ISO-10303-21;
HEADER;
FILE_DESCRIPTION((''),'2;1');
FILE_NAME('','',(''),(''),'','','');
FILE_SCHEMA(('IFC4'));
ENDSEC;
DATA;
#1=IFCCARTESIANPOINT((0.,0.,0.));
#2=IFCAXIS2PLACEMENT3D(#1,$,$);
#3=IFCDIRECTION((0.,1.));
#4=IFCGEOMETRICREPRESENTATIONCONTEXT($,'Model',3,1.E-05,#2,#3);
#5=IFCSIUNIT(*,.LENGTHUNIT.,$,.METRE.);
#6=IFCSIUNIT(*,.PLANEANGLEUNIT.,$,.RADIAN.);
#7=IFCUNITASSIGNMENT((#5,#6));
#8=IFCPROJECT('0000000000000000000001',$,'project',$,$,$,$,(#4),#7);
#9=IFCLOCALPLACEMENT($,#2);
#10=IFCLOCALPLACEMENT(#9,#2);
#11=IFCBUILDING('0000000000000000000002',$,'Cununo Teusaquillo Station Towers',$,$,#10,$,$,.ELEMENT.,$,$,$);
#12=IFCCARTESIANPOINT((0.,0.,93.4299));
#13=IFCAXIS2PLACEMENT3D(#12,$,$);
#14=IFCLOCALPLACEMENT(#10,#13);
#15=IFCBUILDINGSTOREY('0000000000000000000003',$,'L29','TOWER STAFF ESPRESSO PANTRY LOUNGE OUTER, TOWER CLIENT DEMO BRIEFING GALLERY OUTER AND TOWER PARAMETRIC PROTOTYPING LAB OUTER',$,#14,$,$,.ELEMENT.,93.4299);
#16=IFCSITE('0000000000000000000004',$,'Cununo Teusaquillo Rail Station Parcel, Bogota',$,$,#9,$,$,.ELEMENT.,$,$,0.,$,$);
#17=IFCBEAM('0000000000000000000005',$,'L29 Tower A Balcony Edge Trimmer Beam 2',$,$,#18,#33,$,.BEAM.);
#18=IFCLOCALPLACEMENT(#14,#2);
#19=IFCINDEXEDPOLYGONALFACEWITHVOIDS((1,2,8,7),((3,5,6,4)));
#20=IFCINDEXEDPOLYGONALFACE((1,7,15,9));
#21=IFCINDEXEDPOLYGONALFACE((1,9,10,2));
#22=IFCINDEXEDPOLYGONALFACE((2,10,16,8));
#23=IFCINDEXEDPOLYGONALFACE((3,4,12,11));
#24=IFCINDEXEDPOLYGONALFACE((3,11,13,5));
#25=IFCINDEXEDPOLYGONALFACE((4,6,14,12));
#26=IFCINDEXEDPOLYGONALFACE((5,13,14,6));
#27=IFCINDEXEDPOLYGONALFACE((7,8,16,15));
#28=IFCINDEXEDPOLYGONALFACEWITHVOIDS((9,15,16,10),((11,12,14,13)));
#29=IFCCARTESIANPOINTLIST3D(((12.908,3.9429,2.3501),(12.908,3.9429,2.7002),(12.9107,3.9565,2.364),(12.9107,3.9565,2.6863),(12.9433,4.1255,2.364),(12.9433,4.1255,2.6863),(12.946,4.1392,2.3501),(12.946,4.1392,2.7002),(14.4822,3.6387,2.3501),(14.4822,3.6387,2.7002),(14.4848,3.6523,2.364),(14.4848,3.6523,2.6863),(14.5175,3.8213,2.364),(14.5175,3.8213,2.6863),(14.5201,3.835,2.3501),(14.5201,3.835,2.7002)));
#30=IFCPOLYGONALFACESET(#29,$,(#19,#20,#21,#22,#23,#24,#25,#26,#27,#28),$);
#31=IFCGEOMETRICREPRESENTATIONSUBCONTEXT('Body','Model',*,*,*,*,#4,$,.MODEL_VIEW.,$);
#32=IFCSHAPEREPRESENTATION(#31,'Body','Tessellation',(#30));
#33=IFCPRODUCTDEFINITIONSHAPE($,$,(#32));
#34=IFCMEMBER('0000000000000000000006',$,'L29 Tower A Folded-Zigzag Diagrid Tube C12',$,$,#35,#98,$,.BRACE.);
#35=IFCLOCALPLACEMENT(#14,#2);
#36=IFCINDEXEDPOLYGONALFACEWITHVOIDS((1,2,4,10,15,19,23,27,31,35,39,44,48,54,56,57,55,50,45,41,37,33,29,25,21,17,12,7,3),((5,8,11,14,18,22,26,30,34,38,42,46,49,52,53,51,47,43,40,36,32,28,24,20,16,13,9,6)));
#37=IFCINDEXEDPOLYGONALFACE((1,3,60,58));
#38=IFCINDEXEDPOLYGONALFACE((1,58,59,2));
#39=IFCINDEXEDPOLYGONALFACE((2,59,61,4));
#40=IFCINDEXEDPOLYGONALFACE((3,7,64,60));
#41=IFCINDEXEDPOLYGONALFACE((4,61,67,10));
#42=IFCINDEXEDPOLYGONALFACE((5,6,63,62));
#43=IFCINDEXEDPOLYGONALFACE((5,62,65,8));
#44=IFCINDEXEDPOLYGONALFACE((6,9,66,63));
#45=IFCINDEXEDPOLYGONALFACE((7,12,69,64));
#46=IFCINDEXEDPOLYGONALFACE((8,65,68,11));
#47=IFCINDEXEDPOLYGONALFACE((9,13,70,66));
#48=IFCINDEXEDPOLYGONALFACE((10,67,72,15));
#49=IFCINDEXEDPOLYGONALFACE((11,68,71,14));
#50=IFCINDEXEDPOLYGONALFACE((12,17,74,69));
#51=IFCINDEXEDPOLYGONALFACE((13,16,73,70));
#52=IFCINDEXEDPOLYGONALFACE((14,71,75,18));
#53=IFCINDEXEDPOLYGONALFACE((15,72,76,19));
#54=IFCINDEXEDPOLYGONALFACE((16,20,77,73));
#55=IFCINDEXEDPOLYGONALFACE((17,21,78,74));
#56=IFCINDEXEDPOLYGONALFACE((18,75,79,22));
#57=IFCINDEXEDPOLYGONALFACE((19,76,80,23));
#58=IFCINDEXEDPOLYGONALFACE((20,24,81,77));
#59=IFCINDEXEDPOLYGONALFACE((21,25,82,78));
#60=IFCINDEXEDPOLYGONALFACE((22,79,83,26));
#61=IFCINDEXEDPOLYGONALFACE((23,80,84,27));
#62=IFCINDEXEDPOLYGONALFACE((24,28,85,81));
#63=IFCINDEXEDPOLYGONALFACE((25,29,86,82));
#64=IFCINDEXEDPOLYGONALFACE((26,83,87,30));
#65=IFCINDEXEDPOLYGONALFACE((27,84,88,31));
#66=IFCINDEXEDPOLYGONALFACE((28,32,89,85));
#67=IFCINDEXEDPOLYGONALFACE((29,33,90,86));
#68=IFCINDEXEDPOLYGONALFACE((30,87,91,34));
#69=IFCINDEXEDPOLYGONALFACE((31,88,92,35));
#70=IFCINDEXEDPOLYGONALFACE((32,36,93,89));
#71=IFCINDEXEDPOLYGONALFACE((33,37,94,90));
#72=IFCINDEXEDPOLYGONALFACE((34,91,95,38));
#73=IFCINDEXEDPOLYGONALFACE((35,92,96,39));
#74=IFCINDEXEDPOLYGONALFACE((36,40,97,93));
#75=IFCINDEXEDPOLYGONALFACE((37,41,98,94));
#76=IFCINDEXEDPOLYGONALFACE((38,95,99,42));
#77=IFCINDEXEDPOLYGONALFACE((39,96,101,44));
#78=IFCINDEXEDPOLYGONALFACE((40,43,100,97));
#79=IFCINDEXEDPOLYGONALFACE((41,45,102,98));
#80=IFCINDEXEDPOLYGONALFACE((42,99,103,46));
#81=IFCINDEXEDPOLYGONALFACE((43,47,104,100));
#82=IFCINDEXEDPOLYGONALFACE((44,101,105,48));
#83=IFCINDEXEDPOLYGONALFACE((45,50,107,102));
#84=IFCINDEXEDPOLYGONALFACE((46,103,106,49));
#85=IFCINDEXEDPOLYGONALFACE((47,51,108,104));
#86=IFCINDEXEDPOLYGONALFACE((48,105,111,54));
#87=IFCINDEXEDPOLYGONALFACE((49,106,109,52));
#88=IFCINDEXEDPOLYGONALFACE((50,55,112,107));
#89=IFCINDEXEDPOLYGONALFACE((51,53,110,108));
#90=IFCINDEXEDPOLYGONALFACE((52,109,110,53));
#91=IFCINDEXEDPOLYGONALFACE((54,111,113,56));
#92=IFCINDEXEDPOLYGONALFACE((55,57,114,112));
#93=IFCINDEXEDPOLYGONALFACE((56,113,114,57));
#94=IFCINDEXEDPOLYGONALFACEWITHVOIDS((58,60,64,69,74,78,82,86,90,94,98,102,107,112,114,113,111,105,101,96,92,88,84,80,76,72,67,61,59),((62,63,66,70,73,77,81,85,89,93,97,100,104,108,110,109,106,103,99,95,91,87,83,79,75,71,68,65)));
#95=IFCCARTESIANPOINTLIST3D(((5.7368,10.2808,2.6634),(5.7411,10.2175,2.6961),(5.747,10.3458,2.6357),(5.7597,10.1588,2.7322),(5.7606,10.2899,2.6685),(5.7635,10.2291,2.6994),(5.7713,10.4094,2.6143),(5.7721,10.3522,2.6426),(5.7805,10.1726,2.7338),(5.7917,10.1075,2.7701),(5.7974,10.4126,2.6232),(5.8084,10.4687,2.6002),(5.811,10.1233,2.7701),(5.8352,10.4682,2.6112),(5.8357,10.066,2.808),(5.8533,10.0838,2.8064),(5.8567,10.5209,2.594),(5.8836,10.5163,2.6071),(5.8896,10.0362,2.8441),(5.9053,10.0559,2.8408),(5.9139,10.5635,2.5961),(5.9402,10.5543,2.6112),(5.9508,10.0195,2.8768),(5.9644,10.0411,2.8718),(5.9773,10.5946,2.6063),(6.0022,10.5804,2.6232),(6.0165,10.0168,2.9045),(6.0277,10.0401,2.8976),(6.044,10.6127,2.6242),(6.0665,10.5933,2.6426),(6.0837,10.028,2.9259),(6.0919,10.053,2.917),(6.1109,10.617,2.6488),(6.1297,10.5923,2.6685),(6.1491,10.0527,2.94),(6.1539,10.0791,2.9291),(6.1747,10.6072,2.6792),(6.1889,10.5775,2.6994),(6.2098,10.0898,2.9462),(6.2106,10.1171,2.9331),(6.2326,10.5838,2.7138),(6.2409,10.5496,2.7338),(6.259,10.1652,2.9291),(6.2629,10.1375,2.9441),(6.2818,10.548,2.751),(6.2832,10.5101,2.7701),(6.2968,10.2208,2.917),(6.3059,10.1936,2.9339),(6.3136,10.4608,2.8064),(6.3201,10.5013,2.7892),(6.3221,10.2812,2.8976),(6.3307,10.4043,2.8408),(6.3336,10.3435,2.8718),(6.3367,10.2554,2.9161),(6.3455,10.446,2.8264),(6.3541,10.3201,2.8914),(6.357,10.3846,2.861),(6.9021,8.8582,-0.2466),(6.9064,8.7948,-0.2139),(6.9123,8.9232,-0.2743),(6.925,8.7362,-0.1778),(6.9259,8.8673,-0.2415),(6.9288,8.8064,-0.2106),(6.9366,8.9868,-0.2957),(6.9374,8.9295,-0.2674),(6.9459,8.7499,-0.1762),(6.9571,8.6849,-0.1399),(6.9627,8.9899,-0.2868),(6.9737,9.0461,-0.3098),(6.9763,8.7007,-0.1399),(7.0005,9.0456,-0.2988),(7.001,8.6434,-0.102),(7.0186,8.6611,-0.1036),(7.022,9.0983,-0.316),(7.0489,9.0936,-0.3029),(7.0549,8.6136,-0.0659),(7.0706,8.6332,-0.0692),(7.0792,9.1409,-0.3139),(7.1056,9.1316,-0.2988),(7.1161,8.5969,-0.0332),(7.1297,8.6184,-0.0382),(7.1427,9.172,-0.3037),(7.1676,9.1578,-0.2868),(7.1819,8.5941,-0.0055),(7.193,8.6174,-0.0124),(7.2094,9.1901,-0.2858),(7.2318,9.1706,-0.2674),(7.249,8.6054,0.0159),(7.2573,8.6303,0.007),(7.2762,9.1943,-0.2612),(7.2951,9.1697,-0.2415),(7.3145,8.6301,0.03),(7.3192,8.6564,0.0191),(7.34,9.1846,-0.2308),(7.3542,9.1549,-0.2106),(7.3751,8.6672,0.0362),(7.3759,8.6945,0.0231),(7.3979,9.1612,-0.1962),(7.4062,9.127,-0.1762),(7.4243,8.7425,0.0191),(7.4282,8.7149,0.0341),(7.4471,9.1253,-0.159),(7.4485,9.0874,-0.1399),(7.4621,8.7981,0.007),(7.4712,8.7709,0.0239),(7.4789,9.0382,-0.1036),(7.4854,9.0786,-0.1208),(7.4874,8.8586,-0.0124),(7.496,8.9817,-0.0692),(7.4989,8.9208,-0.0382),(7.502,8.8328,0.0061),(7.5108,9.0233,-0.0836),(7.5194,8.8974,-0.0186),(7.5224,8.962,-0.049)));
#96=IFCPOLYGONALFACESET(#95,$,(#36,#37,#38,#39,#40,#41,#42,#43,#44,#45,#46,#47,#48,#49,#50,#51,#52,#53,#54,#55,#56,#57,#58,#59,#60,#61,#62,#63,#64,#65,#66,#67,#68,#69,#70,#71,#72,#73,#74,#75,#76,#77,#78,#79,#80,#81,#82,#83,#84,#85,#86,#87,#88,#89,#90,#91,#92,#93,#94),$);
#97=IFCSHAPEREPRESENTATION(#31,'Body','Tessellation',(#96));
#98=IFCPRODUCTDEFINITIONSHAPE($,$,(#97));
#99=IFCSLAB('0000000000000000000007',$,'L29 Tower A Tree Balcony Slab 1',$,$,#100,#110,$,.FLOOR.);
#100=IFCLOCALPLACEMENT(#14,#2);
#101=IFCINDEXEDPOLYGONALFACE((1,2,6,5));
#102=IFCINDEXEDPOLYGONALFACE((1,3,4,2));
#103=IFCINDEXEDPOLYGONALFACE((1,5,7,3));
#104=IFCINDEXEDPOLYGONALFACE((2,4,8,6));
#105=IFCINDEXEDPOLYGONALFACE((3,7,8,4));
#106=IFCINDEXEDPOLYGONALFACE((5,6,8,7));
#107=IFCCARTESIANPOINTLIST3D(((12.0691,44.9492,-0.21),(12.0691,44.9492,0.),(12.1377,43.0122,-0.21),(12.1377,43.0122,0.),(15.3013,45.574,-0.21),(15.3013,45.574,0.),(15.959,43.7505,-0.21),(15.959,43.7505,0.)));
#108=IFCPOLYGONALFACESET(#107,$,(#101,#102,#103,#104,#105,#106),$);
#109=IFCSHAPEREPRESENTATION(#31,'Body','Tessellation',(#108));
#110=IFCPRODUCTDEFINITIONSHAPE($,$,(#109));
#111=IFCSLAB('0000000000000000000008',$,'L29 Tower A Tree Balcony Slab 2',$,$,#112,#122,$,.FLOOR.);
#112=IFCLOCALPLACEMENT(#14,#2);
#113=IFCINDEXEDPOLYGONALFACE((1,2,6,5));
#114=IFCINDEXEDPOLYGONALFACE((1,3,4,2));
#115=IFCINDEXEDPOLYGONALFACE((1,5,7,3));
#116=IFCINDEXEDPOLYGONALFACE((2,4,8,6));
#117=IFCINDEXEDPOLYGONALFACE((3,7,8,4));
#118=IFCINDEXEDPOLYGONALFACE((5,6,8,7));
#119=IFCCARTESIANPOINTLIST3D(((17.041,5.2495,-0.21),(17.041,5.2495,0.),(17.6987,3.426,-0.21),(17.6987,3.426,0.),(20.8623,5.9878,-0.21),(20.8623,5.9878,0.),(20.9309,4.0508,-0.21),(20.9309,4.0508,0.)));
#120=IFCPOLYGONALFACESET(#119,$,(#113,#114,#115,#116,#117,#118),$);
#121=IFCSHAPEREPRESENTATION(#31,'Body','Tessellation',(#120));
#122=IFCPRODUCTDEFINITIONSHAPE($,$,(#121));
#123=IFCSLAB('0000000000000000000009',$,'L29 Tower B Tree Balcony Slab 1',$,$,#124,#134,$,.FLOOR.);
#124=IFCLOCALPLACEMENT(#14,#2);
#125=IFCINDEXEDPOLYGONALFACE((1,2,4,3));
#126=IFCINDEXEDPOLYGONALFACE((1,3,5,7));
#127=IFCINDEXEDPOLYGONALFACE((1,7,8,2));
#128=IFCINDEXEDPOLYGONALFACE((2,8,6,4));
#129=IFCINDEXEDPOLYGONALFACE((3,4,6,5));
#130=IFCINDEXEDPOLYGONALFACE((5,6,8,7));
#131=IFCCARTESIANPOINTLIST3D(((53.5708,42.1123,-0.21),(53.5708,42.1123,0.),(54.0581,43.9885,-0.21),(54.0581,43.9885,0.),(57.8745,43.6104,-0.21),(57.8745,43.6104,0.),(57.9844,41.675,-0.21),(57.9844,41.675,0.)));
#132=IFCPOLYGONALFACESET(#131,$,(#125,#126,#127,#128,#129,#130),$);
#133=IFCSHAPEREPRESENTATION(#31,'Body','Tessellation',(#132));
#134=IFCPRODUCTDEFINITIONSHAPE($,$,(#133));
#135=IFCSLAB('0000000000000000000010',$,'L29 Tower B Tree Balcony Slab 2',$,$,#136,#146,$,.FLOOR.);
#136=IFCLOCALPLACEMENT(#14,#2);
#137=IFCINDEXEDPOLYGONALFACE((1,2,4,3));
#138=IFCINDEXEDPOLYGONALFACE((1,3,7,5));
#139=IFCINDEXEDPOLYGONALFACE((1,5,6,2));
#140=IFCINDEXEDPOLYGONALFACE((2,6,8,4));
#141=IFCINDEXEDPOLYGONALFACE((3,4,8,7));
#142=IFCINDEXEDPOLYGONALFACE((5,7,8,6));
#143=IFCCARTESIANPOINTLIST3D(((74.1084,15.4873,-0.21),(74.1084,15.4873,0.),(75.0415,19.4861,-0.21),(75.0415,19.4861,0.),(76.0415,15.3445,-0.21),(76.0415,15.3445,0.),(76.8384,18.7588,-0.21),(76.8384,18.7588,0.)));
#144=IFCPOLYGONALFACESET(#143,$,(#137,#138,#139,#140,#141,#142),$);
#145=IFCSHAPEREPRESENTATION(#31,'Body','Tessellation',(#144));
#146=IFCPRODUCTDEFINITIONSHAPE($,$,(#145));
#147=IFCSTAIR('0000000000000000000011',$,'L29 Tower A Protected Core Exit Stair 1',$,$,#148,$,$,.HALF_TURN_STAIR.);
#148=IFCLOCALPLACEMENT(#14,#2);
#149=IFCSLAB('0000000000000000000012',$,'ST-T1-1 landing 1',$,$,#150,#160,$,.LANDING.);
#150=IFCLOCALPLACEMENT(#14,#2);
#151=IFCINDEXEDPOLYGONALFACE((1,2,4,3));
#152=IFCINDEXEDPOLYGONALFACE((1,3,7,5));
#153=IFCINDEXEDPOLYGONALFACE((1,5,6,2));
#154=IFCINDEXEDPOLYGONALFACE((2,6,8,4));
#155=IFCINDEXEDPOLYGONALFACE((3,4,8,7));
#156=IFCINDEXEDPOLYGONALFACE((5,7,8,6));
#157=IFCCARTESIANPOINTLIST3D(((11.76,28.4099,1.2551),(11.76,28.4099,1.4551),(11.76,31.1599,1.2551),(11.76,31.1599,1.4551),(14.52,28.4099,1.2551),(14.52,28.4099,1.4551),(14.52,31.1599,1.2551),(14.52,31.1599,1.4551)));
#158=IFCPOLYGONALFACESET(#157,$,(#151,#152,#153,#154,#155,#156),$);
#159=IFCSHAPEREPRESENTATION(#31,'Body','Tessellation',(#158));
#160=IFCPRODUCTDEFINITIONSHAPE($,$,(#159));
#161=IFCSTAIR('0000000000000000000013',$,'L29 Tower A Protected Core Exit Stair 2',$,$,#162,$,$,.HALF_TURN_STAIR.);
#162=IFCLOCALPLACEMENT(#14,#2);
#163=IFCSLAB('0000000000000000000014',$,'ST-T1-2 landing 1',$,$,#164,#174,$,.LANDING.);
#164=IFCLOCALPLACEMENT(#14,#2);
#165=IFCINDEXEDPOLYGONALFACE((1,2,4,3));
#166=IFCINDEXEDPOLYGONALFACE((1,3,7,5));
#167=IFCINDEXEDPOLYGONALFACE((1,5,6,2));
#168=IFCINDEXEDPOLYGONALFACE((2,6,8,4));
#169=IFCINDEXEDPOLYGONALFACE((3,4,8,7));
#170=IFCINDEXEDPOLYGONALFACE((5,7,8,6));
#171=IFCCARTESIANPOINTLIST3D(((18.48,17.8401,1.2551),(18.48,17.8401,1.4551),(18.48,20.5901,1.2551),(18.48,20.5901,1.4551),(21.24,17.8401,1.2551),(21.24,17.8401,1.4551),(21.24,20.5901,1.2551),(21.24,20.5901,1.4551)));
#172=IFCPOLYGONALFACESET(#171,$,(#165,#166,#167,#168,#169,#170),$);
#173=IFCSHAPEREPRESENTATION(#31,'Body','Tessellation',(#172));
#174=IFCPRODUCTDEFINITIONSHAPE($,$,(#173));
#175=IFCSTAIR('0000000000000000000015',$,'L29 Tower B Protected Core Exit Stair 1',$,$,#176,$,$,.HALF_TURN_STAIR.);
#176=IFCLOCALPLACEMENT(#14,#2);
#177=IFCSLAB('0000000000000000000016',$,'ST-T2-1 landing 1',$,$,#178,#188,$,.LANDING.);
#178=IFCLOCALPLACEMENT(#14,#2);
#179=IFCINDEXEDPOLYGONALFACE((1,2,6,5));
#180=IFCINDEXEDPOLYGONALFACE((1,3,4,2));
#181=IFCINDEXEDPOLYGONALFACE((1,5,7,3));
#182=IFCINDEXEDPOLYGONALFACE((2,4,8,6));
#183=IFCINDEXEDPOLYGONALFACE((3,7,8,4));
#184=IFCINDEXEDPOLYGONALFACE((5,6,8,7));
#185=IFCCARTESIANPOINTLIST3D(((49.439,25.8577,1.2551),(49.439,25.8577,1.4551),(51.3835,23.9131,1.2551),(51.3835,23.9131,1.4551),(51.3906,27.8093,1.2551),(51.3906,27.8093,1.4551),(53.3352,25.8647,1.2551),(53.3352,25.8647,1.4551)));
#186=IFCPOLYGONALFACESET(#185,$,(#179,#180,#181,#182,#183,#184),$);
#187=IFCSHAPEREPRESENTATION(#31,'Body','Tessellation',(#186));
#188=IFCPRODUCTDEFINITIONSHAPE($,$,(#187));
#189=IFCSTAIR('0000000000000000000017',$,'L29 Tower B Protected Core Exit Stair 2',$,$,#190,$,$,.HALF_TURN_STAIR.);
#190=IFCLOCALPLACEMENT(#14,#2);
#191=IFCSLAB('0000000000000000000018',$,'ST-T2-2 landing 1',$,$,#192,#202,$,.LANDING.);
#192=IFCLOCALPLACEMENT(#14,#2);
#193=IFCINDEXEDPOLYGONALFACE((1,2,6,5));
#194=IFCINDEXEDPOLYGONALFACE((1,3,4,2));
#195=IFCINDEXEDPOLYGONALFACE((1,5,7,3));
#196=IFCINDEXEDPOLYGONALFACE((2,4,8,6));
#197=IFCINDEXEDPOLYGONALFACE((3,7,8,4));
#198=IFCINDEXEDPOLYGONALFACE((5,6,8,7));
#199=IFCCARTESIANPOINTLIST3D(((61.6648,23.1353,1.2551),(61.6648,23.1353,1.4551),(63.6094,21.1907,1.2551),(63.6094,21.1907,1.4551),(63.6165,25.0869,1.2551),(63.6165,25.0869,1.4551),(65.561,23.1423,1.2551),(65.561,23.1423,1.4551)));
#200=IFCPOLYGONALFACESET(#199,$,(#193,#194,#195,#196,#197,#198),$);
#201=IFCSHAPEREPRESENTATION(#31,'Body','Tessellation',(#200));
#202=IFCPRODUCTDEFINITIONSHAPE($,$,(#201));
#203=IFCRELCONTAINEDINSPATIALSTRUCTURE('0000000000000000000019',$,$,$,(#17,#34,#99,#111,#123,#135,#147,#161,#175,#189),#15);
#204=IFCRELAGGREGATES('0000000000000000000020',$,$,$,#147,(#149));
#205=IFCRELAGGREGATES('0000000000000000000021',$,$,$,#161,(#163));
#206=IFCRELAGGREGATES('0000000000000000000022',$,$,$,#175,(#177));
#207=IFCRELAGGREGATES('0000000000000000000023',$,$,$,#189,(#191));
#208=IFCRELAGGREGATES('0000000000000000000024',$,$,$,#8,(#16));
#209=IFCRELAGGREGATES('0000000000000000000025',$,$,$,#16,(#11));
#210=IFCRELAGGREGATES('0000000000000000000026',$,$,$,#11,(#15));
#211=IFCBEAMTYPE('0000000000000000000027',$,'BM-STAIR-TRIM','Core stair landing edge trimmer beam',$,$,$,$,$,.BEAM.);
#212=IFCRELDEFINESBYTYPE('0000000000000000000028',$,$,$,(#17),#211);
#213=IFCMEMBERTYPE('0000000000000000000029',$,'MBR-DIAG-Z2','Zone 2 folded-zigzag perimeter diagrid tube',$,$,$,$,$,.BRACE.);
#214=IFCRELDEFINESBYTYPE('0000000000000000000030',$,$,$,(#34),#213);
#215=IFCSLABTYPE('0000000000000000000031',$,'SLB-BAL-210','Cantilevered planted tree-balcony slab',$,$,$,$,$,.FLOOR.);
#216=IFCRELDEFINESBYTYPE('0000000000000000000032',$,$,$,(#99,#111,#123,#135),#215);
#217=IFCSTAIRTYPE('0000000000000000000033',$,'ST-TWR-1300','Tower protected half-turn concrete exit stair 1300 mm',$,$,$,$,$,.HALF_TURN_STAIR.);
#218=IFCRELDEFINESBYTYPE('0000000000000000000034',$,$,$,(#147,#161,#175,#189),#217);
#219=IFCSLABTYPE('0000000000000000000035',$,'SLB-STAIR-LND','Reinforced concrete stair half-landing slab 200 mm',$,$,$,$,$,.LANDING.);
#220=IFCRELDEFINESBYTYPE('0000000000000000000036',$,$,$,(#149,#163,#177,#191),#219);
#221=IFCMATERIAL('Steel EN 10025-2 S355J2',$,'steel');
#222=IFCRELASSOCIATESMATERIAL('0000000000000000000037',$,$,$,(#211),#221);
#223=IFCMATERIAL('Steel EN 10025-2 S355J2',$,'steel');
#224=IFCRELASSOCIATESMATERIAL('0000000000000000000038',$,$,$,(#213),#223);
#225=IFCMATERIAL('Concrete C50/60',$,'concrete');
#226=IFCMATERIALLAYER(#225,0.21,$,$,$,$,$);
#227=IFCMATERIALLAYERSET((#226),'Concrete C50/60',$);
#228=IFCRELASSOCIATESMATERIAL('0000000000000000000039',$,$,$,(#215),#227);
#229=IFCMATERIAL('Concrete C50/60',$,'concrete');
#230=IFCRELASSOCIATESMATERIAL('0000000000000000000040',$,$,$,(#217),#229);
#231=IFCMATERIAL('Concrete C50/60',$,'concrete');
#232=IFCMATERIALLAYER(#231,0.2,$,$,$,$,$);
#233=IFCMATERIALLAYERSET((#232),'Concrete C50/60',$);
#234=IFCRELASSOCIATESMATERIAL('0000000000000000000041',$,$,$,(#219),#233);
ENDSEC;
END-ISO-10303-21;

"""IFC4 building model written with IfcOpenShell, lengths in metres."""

from ifc_helpers import new_model, si_unit, direction, frame, origin, origin_2d, place, context, subcontext, project, spatial, polyline, hollow_rectangle, hollow_circle, outline, extrude, material, layer, layer_set, material_profile, profile_set, type_object, element, aggregate, save


model = new_model("IFC4")

# Units and contexts
model_context = context("Model", 3, precision=1e-05, world=origin(), true_north=direction((0.0, 1.0)))
body_context = subcontext(model_context, "Body", "Model", "MODEL_VIEW")
ifc_project = project(units=[si_unit("LENGTHUNIT", "METRE"), si_unit("PLANEANGLEUNIT", "RADIAN")], contexts=[model_context])

# Site, building, storey
site_placement = place(None, origin())
site = spatial("IfcSite", under=ifc_project, at=site_placement, Name="Cununo Teusaquillo Rail Station Parcel, Bogota", CompositionType="ELEMENT", RefElevation=0.0)
building_placement = place(site_placement, origin())
building = spatial("IfcBuilding", under=site, at=building_placement, Name="Cununo Teusaquillo Station Towers", CompositionType="ELEMENT")
storey_placement = place(building_placement, frame((0.0, 0.0, 93.4299)))
storey = spatial("IfcBuildingStorey", under=building, at=storey_placement, Name="L29", Description="TOWER STAFF ESPRESSO PANTRY LOUNGE OUTER, TOWER CLIENT DEMO BRIEFING GALLERY OUTER AND TOWER PARAMETRIC PROTOTYPING LAB OUTER", CompositionType="ELEMENT", Elevation=93.4299)

# Beam
ifc_material_1 = material(Name="Steel EN 10025-2 S355J2", Category="steel")
ifc_material_profile_1 = material_profile(ifc_material_1, hollow_rectangle(XDim=0.2, YDim=0.3501, WallThickness=0.0139, at=origin_2d()), Name="RHS 350x200x14")
ifc_profile_set_1 = profile_set([ifc_material_profile_1], Name="Steel EN 10025-2 S355J2")
beam_type_1 = type_object("IfcBeamType", Name="BM-STAIR-TRIM", Description="Core stair landing edge trimmer beam", PredefinedType="BEAM", material=ifc_profile_set_1)
beam_1_placement = place(storey_placement, frame((12.927, 4.041, 2.5251), z_axis=(0.981837, -0.189728, 0.0), x_axis=(0.189728, 0.981837, 0.0)))
element("IfcBeam", 1, at=beam_1_placement, inside=storey, type_object=beam_type_1, Name="L29 Tower A Balcony Edge Trimmer Beam 2", PredefinedType="BEAM", context=body_context, shape_type="SweptSolid", body=[
    extrude(hollow_rectangle(XDim=0.2, YDim=0.3501, WallThickness=0.0139, at=origin_2d()), origin(), (0.0, 0.0, 1.0), 1.6033),
])

# Member
ifc_material_2 = material(Name="Steel EN 10025-2 S355J2", Category="steel")
ifc_material_profile_2 = material_profile(ifc_material_2, hollow_circle(Radius=0.3301, WallThickness=0.0249, at=origin_2d()), Name="CHS 660x25")
ifc_profile_set_2 = profile_set([ifc_material_profile_2], Name="Steel EN 10025-2 S355J2")
member_type = type_object("IfcMemberType", Name="MBR-DIAG-Z2", Description="Zone 2 folded-zigzag perimeter diagrid tube", PredefinedType="BRACE", material=ifc_profile_set_2)
member_placement = place(storey_placement, frame((7.2124, 8.894, -0.1399), z_axis=(-0.338521, 0.413275, 0.845345), x_axis=(-0.773602, -0.633671, 0.0)))
element("IfcMember", 2, at=member_placement, inside=storey, type_object=member_type, Name="L29 Tower A Folded-Zigzag Diagrid Tube C12", PredefinedType="BRACE", context=body_context, shape_type="SweptSolid", body=[
    extrude(hollow_circle(Radius=0.3301, WallThickness=0.0249, at=origin_2d()), origin(), (0.0, 0.0, 1.0), 3.4424),
])

# Slabs
ifc_material_3 = material(Name="Concrete C50/60", Category="concrete")
ifc_layer_1 = layer(ifc_material_3, 0.21)
ifc_layer_set_1 = layer_set([ifc_layer_1], Name="Concrete C50/60")
slab_type_1 = type_object("IfcSlabType", Name="SLB-BAL-210", Description="Cantilevered planted tree-balcony slab", PredefinedType="FLOOR", material=ifc_layer_set_1)
slab_1_placement = place(storey_placement, frame((0.0, 0.0, -0.21)))
element("IfcSlab", 3, at=slab_1_placement, inside=storey, type_object=slab_type_1, Name="L29 Tower A Tree Balcony Slab 1", PredefinedType="FLOOR", context=body_context, shape_type="SweptSolid", body=[
    extrude(outline(polyline([(15.959, 43.7505), (12.1377, 43.0122), (12.0691, 44.9492), (15.3013, 45.574), (15.959, 43.7505)])), origin(), (0.0, 0.0, 1.0), 0.21),
])
slab_2_placement = place(storey_placement, frame((0.0, 0.0, -0.21)))
element("IfcSlab", 4, at=slab_2_placement, inside=storey, type_object=slab_type_1, Name="L29 Tower A Tree Balcony Slab 2", PredefinedType="FLOOR", context=body_context, shape_type="SweptSolid", body=[
    extrude(outline(polyline([(17.041, 5.2495), (20.8623, 5.9878), (20.9309, 4.0508), (17.6987, 3.426), (17.041, 5.2495)])), origin(), (0.0, 0.0, 1.0), 0.21),
])
slab_3_placement = place(storey_placement, frame((0.0, 0.0, -0.21)))
element("IfcSlab", 5, at=slab_3_placement, inside=storey, type_object=slab_type_1, Name="L29 Tower B Tree Balcony Slab 1", PredefinedType="FLOOR", context=body_context, shape_type="SweptSolid", body=[
    extrude(outline(polyline([(57.9844, 41.675), (53.5708, 42.1123), (54.0581, 43.9885), (57.8745, 43.6104), (57.9844, 41.675)])), origin(), (0.0, 0.0, 1.0), 0.21),
])
slab_4_placement = place(storey_placement, frame((0.0, 0.0, -0.21)))
element("IfcSlab", 6, at=slab_4_placement, inside=storey, type_object=slab_type_1, Name="L29 Tower B Tree Balcony Slab 2", PredefinedType="FLOOR", context=body_context, shape_type="SweptSolid", body=[
    extrude(outline(polyline([(74.1084, 15.4873), (75.0415, 19.4861), (76.8384, 18.7588), (76.0415, 15.3445), (74.1084, 15.4873)])), origin(), (0.0, 0.0, 1.0), 0.21),
])

# Stairs, slabs
ifc_material_4 = material(Name="Concrete C50/60", Category="concrete")
stair_type = type_object("IfcStairType", Name="ST-TWR-1300", Description="Tower protected half-turn concrete exit stair 1300 mm", PredefinedType="HALF_TURN_STAIR", material=ifc_material_4)
stair_1_placement = place(storey_placement, origin())
stair_1 = element("IfcStair", 7, at=stair_1_placement, inside=storey, type_object=stair_type, Name="L29 Tower A Protected Core Exit Stair 1", PredefinedType="HALF_TURN_STAIR")
ifc_material_5 = material(Name="Concrete C50/60", Category="concrete")
ifc_layer_2 = layer(ifc_material_5, 0.2)
ifc_layer_set_2 = layer_set([ifc_layer_2], Name="Concrete C50/60")
slab_type_2 = type_object("IfcSlabType", Name="SLB-STAIR-LND", Description="Reinforced concrete stair half-landing slab 200 mm", PredefinedType="LANDING", material=ifc_layer_set_2)
slab_5_placement = place(storey_placement, frame((0.0, 0.0, 1.2551)))
slab_5 = element("IfcSlab", 8, at=slab_5_placement, type_object=slab_type_2, Name="ST-T1-1 landing 1", PredefinedType="LANDING", context=body_context, shape_type="SweptSolid", body=[
    extrude(outline(polyline([(14.52, 28.4099), (14.52, 31.1599), (11.76, 31.1599), (11.76, 28.4099), (14.52, 28.4099)])), origin(), (0.0, 0.0, 1.0), 0.2),
])
aggregate(stair_1, [slab_5])
stair_2_placement = place(storey_placement, origin())
stair_2 = element("IfcStair", 9, at=stair_2_placement, inside=storey, type_object=stair_type, Name="L29 Tower A Protected Core Exit Stair 2", PredefinedType="HALF_TURN_STAIR")
slab_6_placement = place(storey_placement, frame((0.0, 0.0, 1.2551)))
slab_6 = element("IfcSlab", 10, at=slab_6_placement, type_object=slab_type_2, Name="ST-T1-2 landing 1", PredefinedType="LANDING", context=body_context, shape_type="SweptSolid", body=[
    extrude(outline(polyline([(18.48, 20.5901), (18.48, 17.8401), (21.24, 17.8401), (21.24, 20.5901), (18.48, 20.5901)])), origin(), (0.0, 0.0, 1.0), 0.2),
])
aggregate(stair_2, [slab_6])
stair_3_placement = place(storey_placement, origin())
stair_3 = element("IfcStair", 11, at=stair_3_placement, inside=storey, type_object=stair_type, Name="L29 Tower B Protected Core Exit Stair 1", PredefinedType="HALF_TURN_STAIR")
slab_7_placement = place(storey_placement, frame((0.0, 0.0, 1.2551)))
slab_7 = element("IfcSlab", 12, at=slab_7_placement, type_object=slab_type_2, Name="ST-T2-1 landing 1", PredefinedType="LANDING", context=body_context, shape_type="SweptSolid", body=[
    extrude(outline(polyline([(53.3352, 25.8647), (51.3906, 27.8093), (49.439, 25.8577), (51.3835, 23.9131), (53.3352, 25.8647)])), origin(), (0.0, 0.0, 1.0), 0.2),
])
aggregate(stair_3, [slab_7])
stair_4_placement = place(storey_placement, origin())
stair_4 = element("IfcStair", 13, at=stair_4_placement, inside=storey, type_object=stair_type, Name="L29 Tower B Protected Core Exit Stair 2", PredefinedType="HALF_TURN_STAIR")
slab_8_placement = place(storey_placement, frame((0.0, 0.0, 1.2551)))
slab_8 = element("IfcSlab", 14, at=slab_8_placement, type_object=slab_type_2, Name="ST-T2-2 landing 1", PredefinedType="LANDING", context=body_context, shape_type="SweptSolid", body=[
    extrude(outline(polyline([(61.6648, 23.1353), (63.6094, 21.1907), (65.561, 23.1423), (63.6165, 25.0869), (61.6648, 23.1353)])), origin(), (0.0, 0.0, 1.0), 0.2),
])
aggregate(stair_4, [slab_8])

save(model, "model.ifc")
